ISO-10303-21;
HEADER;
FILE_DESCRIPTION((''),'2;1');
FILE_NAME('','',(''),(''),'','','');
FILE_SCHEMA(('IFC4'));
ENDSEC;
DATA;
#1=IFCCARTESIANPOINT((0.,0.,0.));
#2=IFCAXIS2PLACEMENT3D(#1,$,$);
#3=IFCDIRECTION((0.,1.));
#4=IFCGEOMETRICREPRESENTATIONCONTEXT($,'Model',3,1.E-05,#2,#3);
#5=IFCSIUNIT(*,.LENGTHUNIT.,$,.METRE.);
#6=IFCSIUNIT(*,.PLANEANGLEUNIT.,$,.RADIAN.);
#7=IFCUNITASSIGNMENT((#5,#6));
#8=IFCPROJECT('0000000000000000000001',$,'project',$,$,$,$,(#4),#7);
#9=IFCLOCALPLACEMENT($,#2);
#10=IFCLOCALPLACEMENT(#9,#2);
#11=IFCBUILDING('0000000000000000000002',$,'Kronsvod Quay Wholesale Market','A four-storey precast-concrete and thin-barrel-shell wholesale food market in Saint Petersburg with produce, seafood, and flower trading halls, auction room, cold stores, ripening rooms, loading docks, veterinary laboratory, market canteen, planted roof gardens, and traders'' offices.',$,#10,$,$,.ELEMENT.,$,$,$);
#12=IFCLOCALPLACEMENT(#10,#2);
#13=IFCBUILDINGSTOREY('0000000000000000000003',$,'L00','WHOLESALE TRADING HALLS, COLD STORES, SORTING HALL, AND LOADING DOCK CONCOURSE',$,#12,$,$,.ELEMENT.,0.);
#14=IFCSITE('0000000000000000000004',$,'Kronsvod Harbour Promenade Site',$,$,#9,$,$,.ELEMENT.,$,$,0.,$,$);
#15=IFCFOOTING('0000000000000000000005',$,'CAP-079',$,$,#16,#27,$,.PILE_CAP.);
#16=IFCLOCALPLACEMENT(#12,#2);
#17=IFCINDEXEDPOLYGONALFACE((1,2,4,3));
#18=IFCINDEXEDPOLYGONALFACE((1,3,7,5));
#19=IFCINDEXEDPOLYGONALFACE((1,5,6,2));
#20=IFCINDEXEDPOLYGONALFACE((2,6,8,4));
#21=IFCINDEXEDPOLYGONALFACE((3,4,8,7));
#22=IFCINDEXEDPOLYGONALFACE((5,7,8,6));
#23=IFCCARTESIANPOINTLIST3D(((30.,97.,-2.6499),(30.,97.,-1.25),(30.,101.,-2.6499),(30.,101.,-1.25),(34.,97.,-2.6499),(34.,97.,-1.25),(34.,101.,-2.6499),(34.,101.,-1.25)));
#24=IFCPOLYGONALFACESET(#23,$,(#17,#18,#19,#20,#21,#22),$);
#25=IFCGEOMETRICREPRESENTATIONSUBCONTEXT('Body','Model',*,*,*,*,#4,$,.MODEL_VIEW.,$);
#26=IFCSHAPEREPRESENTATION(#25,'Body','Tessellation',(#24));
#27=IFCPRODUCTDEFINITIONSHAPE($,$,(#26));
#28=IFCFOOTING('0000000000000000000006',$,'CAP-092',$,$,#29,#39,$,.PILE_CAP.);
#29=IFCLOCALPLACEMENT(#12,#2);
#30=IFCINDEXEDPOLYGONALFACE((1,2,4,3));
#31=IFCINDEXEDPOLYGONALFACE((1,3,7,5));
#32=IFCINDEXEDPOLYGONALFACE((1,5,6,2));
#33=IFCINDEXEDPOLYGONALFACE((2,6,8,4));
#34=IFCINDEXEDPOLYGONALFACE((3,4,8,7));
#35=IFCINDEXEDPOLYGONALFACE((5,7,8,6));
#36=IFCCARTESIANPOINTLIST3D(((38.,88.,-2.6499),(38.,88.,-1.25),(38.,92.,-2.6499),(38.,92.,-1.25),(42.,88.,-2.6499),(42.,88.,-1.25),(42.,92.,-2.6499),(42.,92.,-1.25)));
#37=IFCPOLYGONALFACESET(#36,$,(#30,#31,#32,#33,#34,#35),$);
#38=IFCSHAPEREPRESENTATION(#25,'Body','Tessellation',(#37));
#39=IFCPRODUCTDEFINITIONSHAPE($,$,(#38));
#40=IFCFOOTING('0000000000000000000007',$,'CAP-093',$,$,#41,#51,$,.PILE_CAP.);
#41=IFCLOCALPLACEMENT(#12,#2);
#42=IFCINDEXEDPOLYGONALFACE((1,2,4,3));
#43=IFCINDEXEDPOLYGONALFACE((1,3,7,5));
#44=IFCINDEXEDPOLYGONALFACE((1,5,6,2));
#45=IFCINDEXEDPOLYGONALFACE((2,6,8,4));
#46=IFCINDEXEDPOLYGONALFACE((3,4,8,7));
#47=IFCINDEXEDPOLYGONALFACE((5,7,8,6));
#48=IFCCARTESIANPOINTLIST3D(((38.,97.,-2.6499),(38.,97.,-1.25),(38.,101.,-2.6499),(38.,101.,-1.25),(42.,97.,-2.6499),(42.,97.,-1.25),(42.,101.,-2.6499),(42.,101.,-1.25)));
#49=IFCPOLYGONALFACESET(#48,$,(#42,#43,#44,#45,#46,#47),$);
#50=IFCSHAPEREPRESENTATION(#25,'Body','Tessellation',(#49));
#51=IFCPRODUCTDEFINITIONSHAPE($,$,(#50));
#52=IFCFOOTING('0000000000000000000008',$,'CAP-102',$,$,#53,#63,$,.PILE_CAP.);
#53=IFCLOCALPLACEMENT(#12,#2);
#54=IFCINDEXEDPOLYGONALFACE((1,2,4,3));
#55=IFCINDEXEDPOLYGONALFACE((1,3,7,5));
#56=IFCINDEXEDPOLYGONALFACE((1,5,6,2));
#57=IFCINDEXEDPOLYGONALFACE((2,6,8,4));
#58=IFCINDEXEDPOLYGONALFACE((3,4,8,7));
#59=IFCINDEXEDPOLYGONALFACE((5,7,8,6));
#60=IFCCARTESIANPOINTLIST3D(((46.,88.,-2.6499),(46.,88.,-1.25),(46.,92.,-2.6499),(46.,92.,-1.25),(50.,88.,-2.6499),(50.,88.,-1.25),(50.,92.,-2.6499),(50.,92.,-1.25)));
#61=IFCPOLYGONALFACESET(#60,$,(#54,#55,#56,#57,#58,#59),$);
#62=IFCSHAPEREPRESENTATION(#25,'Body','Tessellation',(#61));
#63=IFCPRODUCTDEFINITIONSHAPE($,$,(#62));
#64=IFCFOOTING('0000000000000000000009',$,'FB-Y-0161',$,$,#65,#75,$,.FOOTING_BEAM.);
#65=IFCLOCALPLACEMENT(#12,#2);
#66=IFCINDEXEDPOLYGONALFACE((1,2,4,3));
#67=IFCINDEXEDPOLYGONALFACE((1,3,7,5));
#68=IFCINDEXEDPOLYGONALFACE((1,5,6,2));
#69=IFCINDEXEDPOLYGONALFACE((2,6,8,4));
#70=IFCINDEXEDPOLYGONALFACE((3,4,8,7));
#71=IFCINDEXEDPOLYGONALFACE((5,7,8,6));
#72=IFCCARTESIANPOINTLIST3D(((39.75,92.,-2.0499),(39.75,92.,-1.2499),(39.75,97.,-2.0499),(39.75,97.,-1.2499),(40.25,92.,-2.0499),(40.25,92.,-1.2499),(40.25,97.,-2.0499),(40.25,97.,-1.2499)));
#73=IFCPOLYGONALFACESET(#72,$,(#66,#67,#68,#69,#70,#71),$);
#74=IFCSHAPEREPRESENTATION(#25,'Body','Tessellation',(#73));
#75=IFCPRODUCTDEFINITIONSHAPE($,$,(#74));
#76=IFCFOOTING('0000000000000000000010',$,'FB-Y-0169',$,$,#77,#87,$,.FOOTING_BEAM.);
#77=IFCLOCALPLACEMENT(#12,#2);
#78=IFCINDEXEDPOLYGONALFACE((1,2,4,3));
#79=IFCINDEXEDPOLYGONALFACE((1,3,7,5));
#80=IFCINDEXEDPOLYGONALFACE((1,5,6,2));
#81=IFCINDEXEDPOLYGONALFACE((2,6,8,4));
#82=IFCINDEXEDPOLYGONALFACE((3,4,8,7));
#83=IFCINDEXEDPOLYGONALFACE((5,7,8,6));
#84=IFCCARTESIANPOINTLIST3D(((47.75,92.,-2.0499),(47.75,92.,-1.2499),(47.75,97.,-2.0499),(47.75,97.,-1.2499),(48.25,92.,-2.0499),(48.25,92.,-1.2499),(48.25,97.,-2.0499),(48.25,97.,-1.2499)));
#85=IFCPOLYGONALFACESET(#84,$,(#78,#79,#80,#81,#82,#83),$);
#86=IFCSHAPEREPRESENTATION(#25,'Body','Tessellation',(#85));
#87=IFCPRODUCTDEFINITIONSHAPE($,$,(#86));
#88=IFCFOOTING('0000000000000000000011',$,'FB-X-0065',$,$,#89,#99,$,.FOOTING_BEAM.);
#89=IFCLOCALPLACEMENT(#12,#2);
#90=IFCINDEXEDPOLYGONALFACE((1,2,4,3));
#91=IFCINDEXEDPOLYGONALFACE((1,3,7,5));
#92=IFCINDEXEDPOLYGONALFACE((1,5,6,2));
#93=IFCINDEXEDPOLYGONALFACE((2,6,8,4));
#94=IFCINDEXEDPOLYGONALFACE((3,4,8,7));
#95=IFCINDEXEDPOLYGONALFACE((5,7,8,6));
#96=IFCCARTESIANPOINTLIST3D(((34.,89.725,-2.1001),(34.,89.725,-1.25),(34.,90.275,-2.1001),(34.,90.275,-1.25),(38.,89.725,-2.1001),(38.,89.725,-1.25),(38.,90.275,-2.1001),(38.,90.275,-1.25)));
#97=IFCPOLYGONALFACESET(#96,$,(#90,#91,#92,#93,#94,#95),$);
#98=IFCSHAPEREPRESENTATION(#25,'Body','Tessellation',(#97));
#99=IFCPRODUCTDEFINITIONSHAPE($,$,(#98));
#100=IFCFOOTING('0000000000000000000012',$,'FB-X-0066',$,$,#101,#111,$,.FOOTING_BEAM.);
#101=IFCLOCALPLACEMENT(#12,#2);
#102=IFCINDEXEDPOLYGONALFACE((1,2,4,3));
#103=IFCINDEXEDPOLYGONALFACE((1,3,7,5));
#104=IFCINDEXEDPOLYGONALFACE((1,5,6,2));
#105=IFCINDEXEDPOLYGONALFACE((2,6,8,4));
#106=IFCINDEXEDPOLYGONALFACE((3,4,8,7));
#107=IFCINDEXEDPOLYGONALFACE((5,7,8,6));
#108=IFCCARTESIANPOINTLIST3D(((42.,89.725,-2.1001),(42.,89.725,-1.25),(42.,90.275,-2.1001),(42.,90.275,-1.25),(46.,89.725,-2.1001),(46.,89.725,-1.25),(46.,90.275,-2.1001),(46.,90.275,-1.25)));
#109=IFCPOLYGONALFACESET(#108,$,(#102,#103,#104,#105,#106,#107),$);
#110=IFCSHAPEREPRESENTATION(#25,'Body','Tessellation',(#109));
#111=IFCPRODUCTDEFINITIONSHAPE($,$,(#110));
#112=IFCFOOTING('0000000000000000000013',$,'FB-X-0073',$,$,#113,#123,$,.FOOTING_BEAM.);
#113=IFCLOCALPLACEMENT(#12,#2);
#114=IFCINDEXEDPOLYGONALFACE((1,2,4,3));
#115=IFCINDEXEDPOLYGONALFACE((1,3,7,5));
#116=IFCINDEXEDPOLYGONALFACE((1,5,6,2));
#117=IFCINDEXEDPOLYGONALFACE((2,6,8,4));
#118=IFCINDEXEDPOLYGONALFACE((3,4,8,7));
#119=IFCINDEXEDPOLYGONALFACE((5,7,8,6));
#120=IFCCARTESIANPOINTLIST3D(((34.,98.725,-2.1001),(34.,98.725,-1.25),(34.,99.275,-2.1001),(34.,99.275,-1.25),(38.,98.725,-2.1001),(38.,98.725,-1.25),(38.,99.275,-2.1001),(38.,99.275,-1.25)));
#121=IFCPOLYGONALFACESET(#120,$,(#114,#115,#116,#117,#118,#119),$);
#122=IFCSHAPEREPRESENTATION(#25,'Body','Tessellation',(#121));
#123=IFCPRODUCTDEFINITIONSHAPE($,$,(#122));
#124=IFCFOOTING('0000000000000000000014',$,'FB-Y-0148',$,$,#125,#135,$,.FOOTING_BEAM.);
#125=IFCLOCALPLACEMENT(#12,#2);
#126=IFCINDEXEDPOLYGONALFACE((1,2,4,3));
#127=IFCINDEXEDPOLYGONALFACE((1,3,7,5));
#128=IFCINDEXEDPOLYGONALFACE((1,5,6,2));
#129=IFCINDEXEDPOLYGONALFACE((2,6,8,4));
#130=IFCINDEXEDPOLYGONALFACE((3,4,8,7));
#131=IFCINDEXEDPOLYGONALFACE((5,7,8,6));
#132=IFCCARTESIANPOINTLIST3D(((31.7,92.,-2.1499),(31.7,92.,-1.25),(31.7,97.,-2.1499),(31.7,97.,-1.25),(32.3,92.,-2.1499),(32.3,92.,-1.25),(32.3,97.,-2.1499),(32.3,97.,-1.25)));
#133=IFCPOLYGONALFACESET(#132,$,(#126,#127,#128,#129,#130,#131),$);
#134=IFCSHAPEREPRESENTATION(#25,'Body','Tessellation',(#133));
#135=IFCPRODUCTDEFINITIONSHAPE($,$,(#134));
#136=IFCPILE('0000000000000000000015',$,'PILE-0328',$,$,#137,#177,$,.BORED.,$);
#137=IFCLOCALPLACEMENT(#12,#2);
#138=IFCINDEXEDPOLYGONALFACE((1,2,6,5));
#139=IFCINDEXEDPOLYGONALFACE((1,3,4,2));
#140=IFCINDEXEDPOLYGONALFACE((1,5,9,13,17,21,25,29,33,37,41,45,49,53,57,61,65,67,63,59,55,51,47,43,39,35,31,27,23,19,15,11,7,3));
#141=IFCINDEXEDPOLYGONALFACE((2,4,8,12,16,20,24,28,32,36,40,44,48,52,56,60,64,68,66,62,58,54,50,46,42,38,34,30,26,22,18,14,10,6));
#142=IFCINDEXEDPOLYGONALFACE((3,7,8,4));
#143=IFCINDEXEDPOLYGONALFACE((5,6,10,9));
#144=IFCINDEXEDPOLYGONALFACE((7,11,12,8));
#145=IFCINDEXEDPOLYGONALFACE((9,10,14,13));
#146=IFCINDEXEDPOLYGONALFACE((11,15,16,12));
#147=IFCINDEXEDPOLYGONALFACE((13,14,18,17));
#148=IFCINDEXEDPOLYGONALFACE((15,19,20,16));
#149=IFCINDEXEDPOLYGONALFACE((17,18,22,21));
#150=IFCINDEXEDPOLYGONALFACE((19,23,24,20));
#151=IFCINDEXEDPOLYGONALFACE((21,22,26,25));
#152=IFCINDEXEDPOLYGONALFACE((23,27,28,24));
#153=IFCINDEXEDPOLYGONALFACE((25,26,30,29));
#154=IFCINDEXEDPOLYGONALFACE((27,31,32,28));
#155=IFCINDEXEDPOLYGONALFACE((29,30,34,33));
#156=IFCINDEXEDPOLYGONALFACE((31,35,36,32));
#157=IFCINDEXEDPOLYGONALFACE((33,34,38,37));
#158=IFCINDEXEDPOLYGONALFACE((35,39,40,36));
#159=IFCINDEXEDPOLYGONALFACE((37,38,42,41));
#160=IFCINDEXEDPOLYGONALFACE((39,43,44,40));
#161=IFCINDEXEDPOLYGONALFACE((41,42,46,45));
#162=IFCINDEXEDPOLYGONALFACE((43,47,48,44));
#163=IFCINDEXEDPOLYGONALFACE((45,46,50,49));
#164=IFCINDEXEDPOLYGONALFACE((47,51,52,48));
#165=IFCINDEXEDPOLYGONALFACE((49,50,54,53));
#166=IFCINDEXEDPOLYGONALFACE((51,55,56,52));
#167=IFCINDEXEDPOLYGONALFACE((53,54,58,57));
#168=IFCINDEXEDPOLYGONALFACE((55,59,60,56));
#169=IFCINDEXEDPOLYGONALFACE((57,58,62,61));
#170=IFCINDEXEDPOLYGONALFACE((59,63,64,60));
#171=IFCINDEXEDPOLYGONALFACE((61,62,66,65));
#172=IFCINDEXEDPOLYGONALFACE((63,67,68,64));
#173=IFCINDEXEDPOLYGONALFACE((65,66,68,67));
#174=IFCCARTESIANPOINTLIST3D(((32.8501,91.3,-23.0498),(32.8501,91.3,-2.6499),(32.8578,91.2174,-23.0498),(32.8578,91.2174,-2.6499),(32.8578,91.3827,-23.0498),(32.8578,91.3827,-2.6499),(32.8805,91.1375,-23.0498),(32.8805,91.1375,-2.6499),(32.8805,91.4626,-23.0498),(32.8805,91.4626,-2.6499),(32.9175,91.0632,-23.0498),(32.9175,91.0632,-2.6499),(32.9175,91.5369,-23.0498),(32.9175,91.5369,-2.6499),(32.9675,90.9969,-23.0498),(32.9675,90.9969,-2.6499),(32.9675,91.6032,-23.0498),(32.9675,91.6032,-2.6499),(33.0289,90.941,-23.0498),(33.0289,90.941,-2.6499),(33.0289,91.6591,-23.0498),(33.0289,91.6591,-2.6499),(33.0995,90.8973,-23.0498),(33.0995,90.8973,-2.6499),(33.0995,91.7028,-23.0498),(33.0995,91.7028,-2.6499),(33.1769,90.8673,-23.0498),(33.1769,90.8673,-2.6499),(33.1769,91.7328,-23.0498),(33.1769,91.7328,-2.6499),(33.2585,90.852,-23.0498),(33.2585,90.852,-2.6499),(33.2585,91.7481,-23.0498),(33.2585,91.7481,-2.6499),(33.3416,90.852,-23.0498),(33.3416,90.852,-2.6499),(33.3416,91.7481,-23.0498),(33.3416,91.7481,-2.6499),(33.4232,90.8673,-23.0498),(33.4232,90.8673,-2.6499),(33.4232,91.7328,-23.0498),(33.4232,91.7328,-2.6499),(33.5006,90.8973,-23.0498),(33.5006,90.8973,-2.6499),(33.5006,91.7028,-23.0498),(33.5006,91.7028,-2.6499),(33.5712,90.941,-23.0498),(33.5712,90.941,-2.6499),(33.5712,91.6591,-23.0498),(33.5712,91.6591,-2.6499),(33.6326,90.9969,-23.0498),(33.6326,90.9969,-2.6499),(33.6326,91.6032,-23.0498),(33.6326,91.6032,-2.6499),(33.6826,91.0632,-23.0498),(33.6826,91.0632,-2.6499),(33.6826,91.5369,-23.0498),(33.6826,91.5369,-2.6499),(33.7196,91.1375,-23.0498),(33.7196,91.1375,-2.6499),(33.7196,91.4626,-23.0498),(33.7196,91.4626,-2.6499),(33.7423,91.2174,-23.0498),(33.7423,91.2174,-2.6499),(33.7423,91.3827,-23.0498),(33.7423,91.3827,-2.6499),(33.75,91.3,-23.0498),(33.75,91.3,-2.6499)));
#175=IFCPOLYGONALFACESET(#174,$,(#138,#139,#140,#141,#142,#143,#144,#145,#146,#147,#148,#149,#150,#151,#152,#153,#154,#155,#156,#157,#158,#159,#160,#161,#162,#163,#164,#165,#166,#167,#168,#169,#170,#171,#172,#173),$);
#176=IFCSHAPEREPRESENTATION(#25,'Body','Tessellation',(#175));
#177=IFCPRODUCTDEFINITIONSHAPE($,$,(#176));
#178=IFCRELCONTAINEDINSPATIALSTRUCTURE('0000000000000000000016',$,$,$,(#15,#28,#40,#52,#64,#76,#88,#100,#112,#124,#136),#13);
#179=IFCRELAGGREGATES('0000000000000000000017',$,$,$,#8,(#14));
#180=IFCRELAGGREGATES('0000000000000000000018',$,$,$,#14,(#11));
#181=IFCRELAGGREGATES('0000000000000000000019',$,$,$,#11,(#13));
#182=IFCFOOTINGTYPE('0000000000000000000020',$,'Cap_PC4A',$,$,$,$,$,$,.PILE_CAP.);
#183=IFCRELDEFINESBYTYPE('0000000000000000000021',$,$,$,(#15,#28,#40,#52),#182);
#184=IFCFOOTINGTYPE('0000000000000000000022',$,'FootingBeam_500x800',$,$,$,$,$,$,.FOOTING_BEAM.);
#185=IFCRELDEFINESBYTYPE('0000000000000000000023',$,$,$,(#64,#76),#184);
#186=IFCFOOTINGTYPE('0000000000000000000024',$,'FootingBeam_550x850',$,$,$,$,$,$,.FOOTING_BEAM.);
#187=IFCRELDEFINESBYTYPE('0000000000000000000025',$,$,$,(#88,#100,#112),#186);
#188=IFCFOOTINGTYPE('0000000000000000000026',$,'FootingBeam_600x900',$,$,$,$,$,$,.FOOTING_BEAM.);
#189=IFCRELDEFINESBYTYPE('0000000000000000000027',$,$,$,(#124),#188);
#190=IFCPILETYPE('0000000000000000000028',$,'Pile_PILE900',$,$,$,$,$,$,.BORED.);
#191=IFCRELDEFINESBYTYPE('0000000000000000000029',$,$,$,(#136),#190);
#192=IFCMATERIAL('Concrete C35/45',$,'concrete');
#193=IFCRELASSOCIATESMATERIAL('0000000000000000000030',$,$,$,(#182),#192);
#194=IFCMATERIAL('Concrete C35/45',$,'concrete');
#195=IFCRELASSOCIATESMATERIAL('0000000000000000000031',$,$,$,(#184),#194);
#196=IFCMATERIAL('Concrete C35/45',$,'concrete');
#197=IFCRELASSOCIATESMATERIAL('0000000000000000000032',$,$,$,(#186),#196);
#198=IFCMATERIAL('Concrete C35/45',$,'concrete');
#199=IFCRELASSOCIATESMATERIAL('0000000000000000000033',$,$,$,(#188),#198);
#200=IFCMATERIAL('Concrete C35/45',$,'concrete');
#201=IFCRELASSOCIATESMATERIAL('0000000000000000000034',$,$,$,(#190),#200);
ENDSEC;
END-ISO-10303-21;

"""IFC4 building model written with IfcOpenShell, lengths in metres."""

from ifc_helpers import new_model, si_unit, direction, frame, origin, origin_2d, place, context, subcontext, project, spatial, rectangle, circle, extrude, material, material_profile, profile_set, type_object, element, save


model = new_model("IFC4")

# Units and contexts
model_context = context("Model", 3, precision=1e-05, world=origin(), true_north=direction((0.0, 1.0)))
body_context = subcontext(model_context, "Body", "Model", "MODEL_VIEW")
ifc_project = project(units=[si_unit("LENGTHUNIT", "METRE"), si_unit("PLANEANGLEUNIT", "RADIAN")], contexts=[model_context])

# Site, building, storey
site_placement = place(None, origin())
site = spatial("IfcSite", under=ifc_project, at=site_placement, Name="Kronsvod Harbour Promenade Site", CompositionType="ELEMENT", RefElevation=0.0)
building_placement = place(site_placement, origin())
building = spatial("IfcBuilding", under=site, at=building_placement, Name="Kronsvod Quay Wholesale Market", Description="A four-storey precast-concrete and thin-barrel-shell wholesale food market in Saint Petersburg with produce, seafood, and flower trading halls, auction room, cold stores, ripening rooms, loading docks, veterinary laboratory, market canteen, planted roof gardens, and traders' offices.", CompositionType="ELEMENT")
storey_placement = place(building_placement, origin())
storey = spatial("IfcBuildingStorey", under=building, at=storey_placement, Name="L00", Description="WHOLESALE TRADING HALLS, COLD STORES, SORTING HALL, AND LOADING DOCK CONCOURSE", CompositionType="ELEMENT", Elevation=0.0)

# Footings
ifc_material_1 = material(Name="Concrete C35/45", Category="concrete")
footing_type_1 = type_object("IfcFootingType", Name="Cap_PC4A", PredefinedType="PILE_CAP", material=ifc_material_1)
for number, where, z_axis, x_axis, name in (
    (1, (32.0, 99.0, -2.6499), (0.0, 0.0, 1.0), (1.0, 0.0, 0.0), "CAP-079"),
    (2, (40.0, 90.0, -2.6499), (0.0, 0.0, 1.0), (1.0, 0.0, 0.0), "CAP-092"),
    (3, (40.0, 99.0, -2.6499), (0.0, 0.0, 1.0), (1.0, 0.0, 0.0), "CAP-093"),
    (4, (48.0, 90.0, -2.6499), (0.0, 0.0, 1.0), (1.0, 0.0, 0.0), "CAP-102"),
):
    element("IfcFooting", number, at=place(storey_placement, frame(where, z_axis=z_axis, x_axis=x_axis)), inside=storey, type_object=footing_type_1, Name=name, PredefinedType="PILE_CAP", context=body_context, shape_type="SweptSolid", body=[
        extrude(rectangle(XDim=4.0, YDim=4.0, at=origin_2d()), origin(), (0.0, 0.0, 1.0), 1.3999),
    ])
ifc_material_2 = material(Name="Concrete C35/45", Category="concrete")
ifc_material_profile_1 = material_profile(ifc_material_2, rectangle(XDim=0.5, YDim=0.8, at=origin_2d()), Name="FB-01")
ifc_profile_set_1 = profile_set([ifc_material_profile_1], Name="Concrete C35/45")
footing_type_2 = type_object("IfcFootingType", Name="FootingBeam_500x800", PredefinedType="FOOTING_BEAM", material=ifc_profile_set_1)
for number, where, z_axis, x_axis, name in (
    (5, (40.0, 92.0, -1.6499), (0.0, 1.0, 0.0), (-1.0, 0.0, 0.0), "FB-Y-0161"),
    (6, (48.0, 92.0, -1.6499), (0.0, 1.0, 0.0), (-1.0, 0.0, 0.0), "FB-Y-0169"),
):
    element("IfcFooting", number, at=place(storey_placement, frame(where, z_axis=z_axis, x_axis=x_axis)), inside=storey, type_object=footing_type_2, Name=name, PredefinedType="FOOTING_BEAM", context=body_context, shape_type="SweptSolid", body=[
        extrude(rectangle(XDim=0.5, YDim=0.8, at=origin_2d()), origin(), (0.0, 0.0, 1.0), 5.0),
    ])
ifc_material_3 = material(Name="Concrete C35/45", Category="concrete")
ifc_material_profile_2 = material_profile(ifc_material_3, rectangle(XDim=0.55, YDim=0.8501, at=origin_2d()), Name="FB-03")
ifc_profile_set_2 = profile_set([ifc_material_profile_2], Name="Concrete C35/45")
footing_type_3 = type_object("IfcFootingType", Name="FootingBeam_550x850", PredefinedType="FOOTING_BEAM", material=ifc_profile_set_2)
for number, where, z_axis, x_axis, name in (
    (7, (34.0, 90.0, -1.675), (1.0, 0.0, 0.0), (0.0, 1.0, 0.0), "FB-X-0065"),
    (8, (42.0, 90.0, -1.675), (1.0, 0.0, 0.0), (0.0, 1.0, 0.0), "FB-X-0066"),
    (9, (34.0, 99.0, -1.675), (1.0, 0.0, 0.0), (0.0, 1.0, 0.0), "FB-X-0073"),
):
    element("IfcFooting", number, at=place(storey_placement, frame(where, z_axis=z_axis, x_axis=x_axis)), inside=storey, type_object=footing_type_3, Name=name, PredefinedType="FOOTING_BEAM", context=body_context, shape_type="SweptSolid", body=[
        extrude(rectangle(XDim=0.55, YDim=0.8501, at=origin_2d()), origin(), (0.0, 0.0, 1.0), 4.0),
    ])
ifc_material_4 = material(Name="Concrete C35/45", Category="concrete")
ifc_material_profile_3 = material_profile(ifc_material_4, rectangle(XDim=0.6001, YDim=0.8999, at=origin_2d()), Name="FB-02")
ifc_profile_set_3 = profile_set([ifc_material_profile_3], Name="Concrete C35/45")
footing_type_4 = type_object("IfcFootingType", Name="FootingBeam_600x900", PredefinedType="FOOTING_BEAM", material=ifc_profile_set_3)
footing_placement = place(storey_placement, frame((32.0, 92.0, -1.7), z_axis=(0.0, 1.0, 0.0), x_axis=(-1.0, 0.0, 0.0)))
element("IfcFooting", 10, at=footing_placement, inside=storey, type_object=footing_type_4, Name="FB-Y-0148", PredefinedType="FOOTING_BEAM", context=body_context, shape_type="SweptSolid", body=[
    extrude(rectangle(XDim=0.6001, YDim=0.8999, at=origin_2d()), origin(), (0.0, 0.0, 1.0), 5.0),
])

# Pile
ifc_material_5 = material(Name="Concrete C35/45", Category="concrete")
ifc_material_profile_4 = material_profile(ifc_material_5, circle(Radius=0.45, at=origin_2d()), Name="PILE900")
ifc_profile_set_4 = profile_set([ifc_material_profile_4], Name="Concrete C35/45")
pile_type = type_object("IfcPileType", Name="Pile_PILE900", PredefinedType="BORED", material=ifc_profile_set_4)
for number, where, z_axis, x_axis, name in (
    (11, (33.3, 91.3, -2.6499), (0.0, 0.0, -1.0), (1.0, 0.0, 0.0), "PILE-0328"),
):
    element("IfcPile", number, at=place(storey_placement, frame(where, z_axis=z_axis, x_axis=x_axis)), inside=storey, type_object=pile_type, Name=name, PredefinedType="BORED", context=body_context, shape_type="SweptSolid", body=[
        extrude(circle(Radius=0.45, at=origin_2d()), origin(), (0.0, 0.0, 1.0), 20.3999),
    ])

save(model, "model.ifc")
